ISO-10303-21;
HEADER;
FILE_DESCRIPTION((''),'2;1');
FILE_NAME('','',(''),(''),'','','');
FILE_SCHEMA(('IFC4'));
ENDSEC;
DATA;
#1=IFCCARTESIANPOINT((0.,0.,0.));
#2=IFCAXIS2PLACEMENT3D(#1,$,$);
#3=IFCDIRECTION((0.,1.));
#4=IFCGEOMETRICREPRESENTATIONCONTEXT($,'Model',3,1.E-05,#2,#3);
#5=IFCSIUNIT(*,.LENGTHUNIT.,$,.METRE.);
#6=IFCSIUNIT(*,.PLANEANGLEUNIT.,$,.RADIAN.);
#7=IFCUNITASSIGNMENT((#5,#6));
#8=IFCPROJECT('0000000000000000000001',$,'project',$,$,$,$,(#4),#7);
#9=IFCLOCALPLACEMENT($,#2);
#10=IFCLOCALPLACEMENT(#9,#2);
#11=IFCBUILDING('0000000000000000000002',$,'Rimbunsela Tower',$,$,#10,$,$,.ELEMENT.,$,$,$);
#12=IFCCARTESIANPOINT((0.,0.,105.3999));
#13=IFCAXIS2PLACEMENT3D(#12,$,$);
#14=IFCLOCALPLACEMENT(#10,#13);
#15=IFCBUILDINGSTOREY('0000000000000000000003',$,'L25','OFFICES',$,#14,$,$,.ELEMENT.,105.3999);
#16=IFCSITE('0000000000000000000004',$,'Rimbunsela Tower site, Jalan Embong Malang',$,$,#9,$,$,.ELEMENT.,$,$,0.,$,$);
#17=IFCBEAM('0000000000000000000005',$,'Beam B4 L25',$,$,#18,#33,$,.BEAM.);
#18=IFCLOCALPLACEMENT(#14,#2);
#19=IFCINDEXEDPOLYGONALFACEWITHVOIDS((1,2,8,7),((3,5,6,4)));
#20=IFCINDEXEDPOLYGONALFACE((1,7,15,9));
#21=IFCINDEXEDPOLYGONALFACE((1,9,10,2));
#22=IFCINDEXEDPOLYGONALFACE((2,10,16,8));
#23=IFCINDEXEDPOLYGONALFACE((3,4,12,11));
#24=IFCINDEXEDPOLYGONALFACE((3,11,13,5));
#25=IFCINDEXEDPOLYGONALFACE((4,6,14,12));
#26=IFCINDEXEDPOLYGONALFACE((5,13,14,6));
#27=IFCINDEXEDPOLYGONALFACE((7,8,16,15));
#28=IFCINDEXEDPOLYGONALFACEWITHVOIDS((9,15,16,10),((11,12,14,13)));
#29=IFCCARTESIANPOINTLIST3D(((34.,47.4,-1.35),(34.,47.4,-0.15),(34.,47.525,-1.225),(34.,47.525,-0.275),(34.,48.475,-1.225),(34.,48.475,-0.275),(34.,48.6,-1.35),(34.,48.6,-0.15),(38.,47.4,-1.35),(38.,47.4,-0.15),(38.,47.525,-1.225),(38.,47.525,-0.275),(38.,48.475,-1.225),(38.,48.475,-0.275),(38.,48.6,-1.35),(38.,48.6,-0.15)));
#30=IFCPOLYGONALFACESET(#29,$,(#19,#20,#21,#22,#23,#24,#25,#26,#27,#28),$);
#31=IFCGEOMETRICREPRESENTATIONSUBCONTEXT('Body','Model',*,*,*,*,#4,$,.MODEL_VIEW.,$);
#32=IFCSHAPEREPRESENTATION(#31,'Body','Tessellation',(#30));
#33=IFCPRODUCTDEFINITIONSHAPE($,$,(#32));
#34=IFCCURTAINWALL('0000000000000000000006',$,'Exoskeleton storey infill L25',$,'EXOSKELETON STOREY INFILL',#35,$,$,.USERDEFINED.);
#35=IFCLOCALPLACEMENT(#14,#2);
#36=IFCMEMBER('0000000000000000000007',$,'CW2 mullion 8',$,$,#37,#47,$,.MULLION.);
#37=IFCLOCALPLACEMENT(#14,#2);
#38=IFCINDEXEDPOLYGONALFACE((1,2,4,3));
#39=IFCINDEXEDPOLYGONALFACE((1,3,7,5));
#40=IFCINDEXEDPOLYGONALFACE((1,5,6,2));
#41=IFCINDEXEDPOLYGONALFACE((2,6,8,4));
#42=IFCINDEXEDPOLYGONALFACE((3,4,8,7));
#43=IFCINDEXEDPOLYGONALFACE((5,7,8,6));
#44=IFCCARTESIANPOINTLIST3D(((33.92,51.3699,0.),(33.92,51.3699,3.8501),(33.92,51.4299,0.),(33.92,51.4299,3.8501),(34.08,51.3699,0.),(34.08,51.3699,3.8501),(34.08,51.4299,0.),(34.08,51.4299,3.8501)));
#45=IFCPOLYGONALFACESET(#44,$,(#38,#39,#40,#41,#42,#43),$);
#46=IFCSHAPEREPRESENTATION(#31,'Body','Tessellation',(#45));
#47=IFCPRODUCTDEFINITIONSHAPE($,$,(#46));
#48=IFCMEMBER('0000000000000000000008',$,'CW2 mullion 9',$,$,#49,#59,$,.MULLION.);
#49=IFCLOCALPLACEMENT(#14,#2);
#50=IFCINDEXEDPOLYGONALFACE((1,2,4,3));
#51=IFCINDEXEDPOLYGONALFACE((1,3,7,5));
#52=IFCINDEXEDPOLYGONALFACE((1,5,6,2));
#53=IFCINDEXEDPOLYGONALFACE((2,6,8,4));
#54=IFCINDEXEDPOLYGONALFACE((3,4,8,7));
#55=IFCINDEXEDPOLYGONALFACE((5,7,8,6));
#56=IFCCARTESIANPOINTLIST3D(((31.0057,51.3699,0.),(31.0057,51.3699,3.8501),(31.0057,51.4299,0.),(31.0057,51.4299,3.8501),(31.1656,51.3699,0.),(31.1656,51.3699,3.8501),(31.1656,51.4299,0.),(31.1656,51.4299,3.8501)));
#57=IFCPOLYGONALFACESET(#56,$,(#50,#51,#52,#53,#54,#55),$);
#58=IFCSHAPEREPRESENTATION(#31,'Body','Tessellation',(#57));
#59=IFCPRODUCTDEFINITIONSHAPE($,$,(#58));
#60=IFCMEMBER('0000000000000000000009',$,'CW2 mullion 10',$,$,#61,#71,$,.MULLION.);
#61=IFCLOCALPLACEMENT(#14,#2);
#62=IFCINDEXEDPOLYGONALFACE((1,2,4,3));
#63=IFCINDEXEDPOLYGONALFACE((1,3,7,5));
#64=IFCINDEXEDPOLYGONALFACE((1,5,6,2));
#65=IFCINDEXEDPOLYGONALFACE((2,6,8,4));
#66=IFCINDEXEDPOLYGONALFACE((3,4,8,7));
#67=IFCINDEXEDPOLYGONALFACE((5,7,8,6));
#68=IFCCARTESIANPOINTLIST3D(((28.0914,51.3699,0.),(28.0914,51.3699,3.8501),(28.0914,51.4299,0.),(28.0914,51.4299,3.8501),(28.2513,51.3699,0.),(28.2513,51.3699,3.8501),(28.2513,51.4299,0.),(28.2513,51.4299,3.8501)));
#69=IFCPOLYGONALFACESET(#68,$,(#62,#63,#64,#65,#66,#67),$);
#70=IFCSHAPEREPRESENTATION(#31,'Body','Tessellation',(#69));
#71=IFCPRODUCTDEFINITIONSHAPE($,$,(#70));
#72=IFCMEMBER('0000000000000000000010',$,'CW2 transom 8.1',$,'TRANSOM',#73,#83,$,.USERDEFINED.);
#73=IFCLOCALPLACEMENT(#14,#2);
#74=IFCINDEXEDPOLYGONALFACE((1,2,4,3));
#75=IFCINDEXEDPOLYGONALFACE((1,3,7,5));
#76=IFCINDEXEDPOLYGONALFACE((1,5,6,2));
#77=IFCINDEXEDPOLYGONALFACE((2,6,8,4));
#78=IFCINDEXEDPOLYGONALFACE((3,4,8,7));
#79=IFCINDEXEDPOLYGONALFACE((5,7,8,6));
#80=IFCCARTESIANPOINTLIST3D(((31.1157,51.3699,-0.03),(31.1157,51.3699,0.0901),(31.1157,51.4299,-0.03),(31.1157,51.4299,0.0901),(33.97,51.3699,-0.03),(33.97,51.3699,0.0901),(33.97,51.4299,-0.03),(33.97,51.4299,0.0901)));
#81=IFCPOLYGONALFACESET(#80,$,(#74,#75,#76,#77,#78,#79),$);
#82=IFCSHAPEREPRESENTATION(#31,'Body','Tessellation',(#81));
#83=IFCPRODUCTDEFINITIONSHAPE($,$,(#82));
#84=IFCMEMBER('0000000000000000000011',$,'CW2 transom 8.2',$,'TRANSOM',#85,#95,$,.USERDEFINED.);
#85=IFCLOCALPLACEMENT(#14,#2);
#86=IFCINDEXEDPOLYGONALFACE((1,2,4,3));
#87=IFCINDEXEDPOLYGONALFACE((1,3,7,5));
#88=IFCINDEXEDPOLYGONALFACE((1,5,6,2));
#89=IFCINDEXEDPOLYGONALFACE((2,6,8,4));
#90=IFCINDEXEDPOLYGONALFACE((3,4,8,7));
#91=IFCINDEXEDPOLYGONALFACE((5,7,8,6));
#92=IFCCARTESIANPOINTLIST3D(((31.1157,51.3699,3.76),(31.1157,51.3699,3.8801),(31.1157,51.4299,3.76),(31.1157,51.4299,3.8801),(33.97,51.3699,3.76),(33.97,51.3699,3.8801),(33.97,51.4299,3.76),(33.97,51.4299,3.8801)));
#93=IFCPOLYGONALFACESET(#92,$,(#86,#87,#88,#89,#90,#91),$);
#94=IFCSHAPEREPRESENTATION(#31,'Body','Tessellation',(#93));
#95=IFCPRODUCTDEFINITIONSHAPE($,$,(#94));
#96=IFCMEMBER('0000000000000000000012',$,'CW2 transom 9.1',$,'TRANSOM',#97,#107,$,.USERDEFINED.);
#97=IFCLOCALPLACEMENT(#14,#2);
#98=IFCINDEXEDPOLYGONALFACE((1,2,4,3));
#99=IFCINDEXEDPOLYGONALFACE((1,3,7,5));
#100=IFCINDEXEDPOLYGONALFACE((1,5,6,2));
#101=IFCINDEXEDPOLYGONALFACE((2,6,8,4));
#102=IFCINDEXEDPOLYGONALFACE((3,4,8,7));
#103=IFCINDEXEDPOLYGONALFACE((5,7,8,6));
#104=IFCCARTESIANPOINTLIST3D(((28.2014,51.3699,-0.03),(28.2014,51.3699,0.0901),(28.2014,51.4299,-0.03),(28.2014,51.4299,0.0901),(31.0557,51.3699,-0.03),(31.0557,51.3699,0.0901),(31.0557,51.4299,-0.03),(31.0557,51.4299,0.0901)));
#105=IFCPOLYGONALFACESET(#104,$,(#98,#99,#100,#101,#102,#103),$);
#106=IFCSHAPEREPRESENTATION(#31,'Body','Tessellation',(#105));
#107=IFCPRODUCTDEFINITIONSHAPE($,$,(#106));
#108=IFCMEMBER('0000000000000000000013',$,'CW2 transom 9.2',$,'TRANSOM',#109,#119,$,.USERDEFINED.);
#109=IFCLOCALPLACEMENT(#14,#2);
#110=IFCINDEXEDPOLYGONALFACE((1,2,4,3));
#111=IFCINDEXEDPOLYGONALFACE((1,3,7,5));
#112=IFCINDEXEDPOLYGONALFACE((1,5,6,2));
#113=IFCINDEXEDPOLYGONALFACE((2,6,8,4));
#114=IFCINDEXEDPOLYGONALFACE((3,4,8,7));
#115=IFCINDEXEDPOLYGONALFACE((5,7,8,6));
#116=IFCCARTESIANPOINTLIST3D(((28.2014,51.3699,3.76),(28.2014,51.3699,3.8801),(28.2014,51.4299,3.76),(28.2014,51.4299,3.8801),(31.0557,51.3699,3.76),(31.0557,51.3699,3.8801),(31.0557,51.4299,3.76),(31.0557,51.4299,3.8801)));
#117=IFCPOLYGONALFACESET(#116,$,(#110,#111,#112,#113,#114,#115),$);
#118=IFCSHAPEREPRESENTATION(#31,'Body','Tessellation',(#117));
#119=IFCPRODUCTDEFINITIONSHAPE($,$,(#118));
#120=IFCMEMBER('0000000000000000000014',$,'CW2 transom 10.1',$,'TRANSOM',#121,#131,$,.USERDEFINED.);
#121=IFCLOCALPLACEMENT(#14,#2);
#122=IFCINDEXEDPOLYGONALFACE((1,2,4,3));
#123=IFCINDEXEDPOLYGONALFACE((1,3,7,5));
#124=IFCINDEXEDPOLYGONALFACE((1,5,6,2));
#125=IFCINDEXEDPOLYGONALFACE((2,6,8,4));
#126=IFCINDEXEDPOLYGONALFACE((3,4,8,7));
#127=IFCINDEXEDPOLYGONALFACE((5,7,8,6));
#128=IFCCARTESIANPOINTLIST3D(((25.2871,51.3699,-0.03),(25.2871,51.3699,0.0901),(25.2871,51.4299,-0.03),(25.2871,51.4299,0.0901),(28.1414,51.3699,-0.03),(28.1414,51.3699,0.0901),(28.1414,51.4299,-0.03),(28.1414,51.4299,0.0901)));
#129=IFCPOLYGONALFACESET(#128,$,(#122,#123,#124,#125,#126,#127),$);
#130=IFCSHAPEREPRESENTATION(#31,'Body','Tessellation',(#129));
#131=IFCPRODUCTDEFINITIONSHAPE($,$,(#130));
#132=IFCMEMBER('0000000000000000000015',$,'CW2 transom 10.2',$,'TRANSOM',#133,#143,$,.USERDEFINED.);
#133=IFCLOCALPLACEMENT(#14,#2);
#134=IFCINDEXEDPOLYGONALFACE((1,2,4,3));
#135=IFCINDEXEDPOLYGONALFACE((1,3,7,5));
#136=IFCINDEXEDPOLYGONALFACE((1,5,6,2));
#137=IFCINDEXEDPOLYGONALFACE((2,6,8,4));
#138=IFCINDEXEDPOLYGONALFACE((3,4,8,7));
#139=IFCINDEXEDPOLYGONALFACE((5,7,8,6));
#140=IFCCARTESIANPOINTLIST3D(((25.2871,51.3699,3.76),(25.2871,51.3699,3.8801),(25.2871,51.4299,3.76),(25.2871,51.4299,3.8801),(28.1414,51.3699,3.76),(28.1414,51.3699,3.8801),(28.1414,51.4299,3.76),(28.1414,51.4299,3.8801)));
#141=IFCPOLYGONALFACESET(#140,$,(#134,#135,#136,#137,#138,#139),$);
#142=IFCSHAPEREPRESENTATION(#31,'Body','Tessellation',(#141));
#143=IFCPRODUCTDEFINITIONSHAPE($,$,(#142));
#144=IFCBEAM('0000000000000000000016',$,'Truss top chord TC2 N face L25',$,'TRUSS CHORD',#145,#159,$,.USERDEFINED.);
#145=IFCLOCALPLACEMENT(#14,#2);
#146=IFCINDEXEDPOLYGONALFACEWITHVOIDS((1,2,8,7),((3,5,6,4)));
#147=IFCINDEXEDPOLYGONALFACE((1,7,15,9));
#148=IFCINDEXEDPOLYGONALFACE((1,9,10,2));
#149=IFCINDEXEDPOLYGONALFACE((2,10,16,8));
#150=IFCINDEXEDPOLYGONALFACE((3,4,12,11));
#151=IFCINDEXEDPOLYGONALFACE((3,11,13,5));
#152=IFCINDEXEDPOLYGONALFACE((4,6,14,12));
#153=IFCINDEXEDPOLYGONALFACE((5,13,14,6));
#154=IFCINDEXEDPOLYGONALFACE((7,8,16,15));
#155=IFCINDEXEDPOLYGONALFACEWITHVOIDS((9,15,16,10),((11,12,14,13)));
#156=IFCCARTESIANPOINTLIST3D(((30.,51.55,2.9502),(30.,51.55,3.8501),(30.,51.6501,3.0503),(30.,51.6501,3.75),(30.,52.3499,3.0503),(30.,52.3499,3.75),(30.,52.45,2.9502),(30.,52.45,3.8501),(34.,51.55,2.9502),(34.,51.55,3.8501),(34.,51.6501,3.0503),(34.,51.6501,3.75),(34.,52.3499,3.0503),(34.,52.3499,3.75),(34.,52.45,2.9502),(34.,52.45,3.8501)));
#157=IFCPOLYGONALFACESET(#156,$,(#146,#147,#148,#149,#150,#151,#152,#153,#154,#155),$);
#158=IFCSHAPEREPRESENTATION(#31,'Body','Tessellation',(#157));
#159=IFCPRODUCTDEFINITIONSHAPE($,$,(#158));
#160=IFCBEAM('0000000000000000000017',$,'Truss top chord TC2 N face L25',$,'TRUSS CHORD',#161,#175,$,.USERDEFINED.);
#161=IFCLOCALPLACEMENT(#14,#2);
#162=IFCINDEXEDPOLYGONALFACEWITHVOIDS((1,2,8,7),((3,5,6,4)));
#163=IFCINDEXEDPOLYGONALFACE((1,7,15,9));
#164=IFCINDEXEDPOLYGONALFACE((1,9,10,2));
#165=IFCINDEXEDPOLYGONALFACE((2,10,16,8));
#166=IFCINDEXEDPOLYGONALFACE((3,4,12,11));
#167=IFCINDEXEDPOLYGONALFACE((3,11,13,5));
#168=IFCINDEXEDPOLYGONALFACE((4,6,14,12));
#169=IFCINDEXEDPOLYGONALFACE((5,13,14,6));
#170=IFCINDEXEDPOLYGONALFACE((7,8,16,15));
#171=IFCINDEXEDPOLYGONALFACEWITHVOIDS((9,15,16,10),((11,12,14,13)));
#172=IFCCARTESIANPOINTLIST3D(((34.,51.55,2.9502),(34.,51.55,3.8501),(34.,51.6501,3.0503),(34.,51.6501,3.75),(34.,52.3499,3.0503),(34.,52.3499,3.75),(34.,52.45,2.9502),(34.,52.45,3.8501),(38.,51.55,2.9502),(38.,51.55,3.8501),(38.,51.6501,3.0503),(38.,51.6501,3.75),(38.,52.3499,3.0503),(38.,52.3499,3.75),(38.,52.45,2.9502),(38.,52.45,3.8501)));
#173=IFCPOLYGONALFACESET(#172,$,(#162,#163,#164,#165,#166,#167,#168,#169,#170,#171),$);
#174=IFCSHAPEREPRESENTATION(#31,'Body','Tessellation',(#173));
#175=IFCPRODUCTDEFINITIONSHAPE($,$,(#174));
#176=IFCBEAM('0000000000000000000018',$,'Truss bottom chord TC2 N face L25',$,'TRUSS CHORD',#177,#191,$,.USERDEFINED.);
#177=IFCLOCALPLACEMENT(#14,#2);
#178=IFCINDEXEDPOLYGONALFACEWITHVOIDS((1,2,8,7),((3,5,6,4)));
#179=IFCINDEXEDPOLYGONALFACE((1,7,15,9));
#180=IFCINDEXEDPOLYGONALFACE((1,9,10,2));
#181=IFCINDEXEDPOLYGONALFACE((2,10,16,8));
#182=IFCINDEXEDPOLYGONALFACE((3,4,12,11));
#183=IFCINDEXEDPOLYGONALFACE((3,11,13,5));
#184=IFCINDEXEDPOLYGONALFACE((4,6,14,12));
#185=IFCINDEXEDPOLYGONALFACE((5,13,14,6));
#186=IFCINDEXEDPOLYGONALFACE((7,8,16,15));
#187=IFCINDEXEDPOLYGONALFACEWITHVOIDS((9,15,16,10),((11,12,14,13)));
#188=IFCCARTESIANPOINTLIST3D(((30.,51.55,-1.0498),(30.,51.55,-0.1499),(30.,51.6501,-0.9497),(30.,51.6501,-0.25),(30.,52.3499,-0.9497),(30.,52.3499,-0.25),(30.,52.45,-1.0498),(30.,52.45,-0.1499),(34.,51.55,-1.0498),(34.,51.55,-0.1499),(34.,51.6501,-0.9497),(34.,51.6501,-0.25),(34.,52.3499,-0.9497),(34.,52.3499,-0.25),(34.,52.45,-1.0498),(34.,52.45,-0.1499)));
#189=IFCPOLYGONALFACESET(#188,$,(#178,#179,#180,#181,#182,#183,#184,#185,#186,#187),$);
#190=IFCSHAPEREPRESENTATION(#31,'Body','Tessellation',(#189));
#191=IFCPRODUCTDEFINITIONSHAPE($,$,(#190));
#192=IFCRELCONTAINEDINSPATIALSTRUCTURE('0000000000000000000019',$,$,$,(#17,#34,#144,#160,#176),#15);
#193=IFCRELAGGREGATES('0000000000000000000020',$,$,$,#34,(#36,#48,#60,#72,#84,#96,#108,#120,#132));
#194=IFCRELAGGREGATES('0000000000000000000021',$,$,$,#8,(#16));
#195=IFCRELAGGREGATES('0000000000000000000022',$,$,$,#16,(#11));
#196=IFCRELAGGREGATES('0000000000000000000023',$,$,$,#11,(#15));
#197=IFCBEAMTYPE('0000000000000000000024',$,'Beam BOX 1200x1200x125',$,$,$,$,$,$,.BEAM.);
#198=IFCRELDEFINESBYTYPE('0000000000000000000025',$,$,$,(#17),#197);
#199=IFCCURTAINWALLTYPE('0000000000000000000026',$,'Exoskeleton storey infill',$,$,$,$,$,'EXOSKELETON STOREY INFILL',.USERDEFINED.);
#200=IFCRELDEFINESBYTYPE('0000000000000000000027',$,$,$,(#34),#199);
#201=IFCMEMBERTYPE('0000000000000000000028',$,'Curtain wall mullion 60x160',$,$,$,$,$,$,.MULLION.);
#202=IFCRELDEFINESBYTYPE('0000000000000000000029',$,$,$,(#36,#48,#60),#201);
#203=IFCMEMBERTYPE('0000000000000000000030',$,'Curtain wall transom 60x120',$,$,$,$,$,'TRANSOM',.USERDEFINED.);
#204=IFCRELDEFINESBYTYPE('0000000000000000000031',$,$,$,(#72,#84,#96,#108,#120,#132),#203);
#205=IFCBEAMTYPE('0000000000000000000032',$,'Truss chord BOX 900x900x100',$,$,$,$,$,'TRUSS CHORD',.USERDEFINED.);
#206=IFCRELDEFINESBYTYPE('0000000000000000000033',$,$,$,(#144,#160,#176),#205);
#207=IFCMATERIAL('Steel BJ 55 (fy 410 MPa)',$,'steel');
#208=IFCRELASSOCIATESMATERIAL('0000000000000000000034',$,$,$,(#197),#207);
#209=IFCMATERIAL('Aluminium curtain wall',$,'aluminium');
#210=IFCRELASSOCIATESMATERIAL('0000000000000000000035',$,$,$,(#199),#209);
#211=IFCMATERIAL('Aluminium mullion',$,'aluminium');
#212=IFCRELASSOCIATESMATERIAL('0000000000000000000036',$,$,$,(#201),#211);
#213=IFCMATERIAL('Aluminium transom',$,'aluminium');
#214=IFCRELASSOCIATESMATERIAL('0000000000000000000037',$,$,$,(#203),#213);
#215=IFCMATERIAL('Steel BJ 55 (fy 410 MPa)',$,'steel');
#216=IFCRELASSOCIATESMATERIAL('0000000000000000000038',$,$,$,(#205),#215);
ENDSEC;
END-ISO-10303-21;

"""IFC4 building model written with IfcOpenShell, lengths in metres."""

from ifc_helpers import new_model, si_unit, direction, frame, origin, origin_2d, place, context, subcontext, project, spatial, rectangle, hollow_rectangle, extrude, material, material_profile, profile_set, type_object, element, aggregate, save


model = new_model("IFC4")

# Units and contexts
model_context = context("Model", 3, precision=1e-05, world=origin(), true_north=direction((0.0, 1.0)))
body_context = subcontext(model_context, "Body", "Model", "MODEL_VIEW")
ifc_project = project(units=[si_unit("LENGTHUNIT", "METRE"), si_unit("PLANEANGLEUNIT", "RADIAN")], contexts=[model_context])

# Site, building, storey
site_placement = place(None, origin())
site = spatial("IfcSite", under=ifc_project, at=site_placement, Name="Rimbunsela Tower site, Jalan Embong Malang", CompositionType="ELEMENT", RefElevation=0.0)
building_placement = place(site_placement, origin())
building = spatial("IfcBuilding", under=site, at=building_placement, Name="Rimbunsela Tower", CompositionType="ELEMENT")
storey_placement = place(building_placement, frame((0.0, 0.0, 105.3999)))
storey = spatial("IfcBuildingStorey", under=building, at=storey_placement, Name="L25", Description="OFFICES", CompositionType="ELEMENT", Elevation=105.3999)

# Beam
ifc_material_1 = material(Name="Steel BJ 55 (fy 410 MPa)", Category="steel")
ifc_material_profile_1 = material_profile(ifc_material_1, hollow_rectangle(XDim=1.2, YDim=1.2, WallThickness=0.125, at=origin_2d()), Name="BOX 1200x1200x125")
ifc_profile_set_1 = profile_set([ifc_material_profile_1], Name="Steel BJ 55 (fy 410 MPa)")
beam_type_1 = type_object("IfcBeamType", Name="Beam BOX 1200x1200x125", PredefinedType="BEAM", material=ifc_profile_set_1)
beam_placement = place(storey_placement, frame((34.0, 48.0, -0.75), z_axis=(1.0, 0.0, 0.0), x_axis=(0.0, 1.0, 0.0)))
element("IfcBeam", 1, at=beam_placement, inside=storey, type_object=beam_type_1, Name="Beam B4 L25", PredefinedType="BEAM", context=body_context, shape_type="SweptSolid", body=[
    extrude(hollow_rectangle(XDim=1.2, YDim=1.2, WallThickness=0.125, at=origin_2d()), origin(), (0.0, 0.0, 1.0), 4.0),
])

# Curtain wall, members
ifc_material_2 = material(Name="Aluminium curtain wall", Category="aluminium")
curtain_wall_type = type_object("IfcCurtainWallType", Name="Exoskeleton storey infill", ElementType="EXOSKELETON STOREY INFILL", PredefinedType="USERDEFINED", material=ifc_material_2)
curtain_wall_placement = place(storey_placement, origin())
curtain_wall = element("IfcCurtainWall", 2, at=curtain_wall_placement, inside=storey, type_object=curtain_wall_type, Name="Exoskeleton storey infill L25", ObjectType="EXOSKELETON STOREY INFILL", PredefinedType="USERDEFINED")
ifc_material_3 = material(Name="Aluminium mullion", Category="aluminium")
ifc_material_profile_2 = material_profile(ifc_material_3, rectangle(XDim=0.0601, YDim=0.1599, at=origin_2d()), Name="Mullion 60x160")
ifc_profile_set_2 = profile_set([ifc_material_profile_2], Name="Aluminium mullion")
member_type_1 = type_object("IfcMemberType", Name="Curtain wall mullion 60x160", PredefinedType="MULLION", material=ifc_profile_set_2)
member_1_placement = place(storey_placement, frame((34.0, 51.3999, 0.0), z_axis=(0.0, 0.0, 1.0), x_axis=(0.0, -1.0, 0.0)))
member_1 = element("IfcMember", 3, at=member_1_placement, type_object=member_type_1, Name="CW2 mullion 8", PredefinedType="MULLION", context=body_context, shape_type="SweptSolid", body=[
    extrude(rectangle(XDim=0.0601, YDim=0.1599, at=origin_2d()), origin(), (0.0, 0.0, 1.0), 3.8501),
])
member_2_placement = place(storey_placement, frame((31.0857, 51.3999, 0.0), z_axis=(0.0, 0.0, 1.0), x_axis=(0.0, -1.0, 0.0)))
member_2 = element("IfcMember", 4, at=member_2_placement, type_object=member_type_1, Name="CW2 mullion 9", PredefinedType="MULLION", context=body_context, shape_type="SweptSolid", body=[
    extrude(rectangle(XDim=0.0601, YDim=0.1599, at=origin_2d()), origin(), (0.0, 0.0, 1.0), 3.8501),
])
member_3_placement = place(storey_placement, frame((28.1714, 51.3999, 0.0), z_axis=(0.0, 0.0, 1.0), x_axis=(0.0, -1.0, 0.0)))
member_3 = element("IfcMember", 5, at=member_3_placement, type_object=member_type_1, Name="CW2 mullion 10", PredefinedType="MULLION", context=body_context, shape_type="SweptSolid", body=[
    extrude(rectangle(XDim=0.0601, YDim=0.1599, at=origin_2d()), origin(), (0.0, 0.0, 1.0), 3.8501),
])
ifc_material_4 = material(Name="Aluminium transom", Category="aluminium")
ifc_material_profile_3 = material_profile(ifc_material_4, rectangle(XDim=0.0601, YDim=0.1201, at=origin_2d()), Name="Transom 60x120")
ifc_profile_set_3 = profile_set([ifc_material_profile_3], Name="Aluminium transom")
member_type_2 = type_object("IfcMemberType", Name="Curtain wall transom 60x120", ElementType="TRANSOM", PredefinedType="USERDEFINED", material=ifc_profile_set_3)
member_4_placement = place(storey_placement, frame((33.97, 51.3999, 0.03), z_axis=(-1.0, 0.0, 0.0), x_axis=(0.0, -1.0, 0.0)))
member_4 = element("IfcMember", 6, at=member_4_placement, type_object=member_type_2, Name="CW2 transom 8.1", ObjectType="TRANSOM", PredefinedType="USERDEFINED", context=body_context, shape_type="SweptSolid", body=[
    extrude(rectangle(XDim=0.0601, YDim=0.1201, at=origin_2d()), origin(), (0.0, 0.0, 1.0), 2.8542),
])
member_5_placement = place(storey_placement, frame((33.97, 51.3999, 3.8201), z_axis=(-1.0, 0.0, 0.0), x_axis=(0.0, -1.0, 0.0)))
member_5 = element("IfcMember", 7, at=member_5_placement, type_object=member_type_2, Name="CW2 transom 8.2", ObjectType="TRANSOM", PredefinedType="USERDEFINED", context=body_context, shape_type="SweptSolid", body=[
    extrude(rectangle(XDim=0.0601, YDim=0.1201, at=origin_2d()), origin(), (0.0, 0.0, 1.0), 2.8542),
])
member_6_placement = place(storey_placement, frame((31.0557, 51.3999, 0.03), z_axis=(-1.0, 0.0, 0.0), x_axis=(0.0, -1.0, 0.0)))
member_6 = element("IfcMember", 8, at=member_6_placement, type_object=member_type_2, Name="CW2 transom 9.1", ObjectType="TRANSOM", PredefinedType="USERDEFINED", context=body_context, shape_type="SweptSolid", body=[
    extrude(rectangle(XDim=0.0601, YDim=0.1201, at=origin_2d()), origin(), (0.0, 0.0, 1.0), 2.8542),
])
member_7_placement = place(storey_placement, frame((31.0557, 51.3999, 3.8201), z_axis=(-1.0, 0.0, 0.0), x_axis=(0.0, -1.0, 0.0)))
member_7 = element("IfcMember", 9, at=member_7_placement, type_object=member_type_2, Name="CW2 transom 9.2", ObjectType="TRANSOM", PredefinedType="USERDEFINED", context=body_context, shape_type="SweptSolid", body=[
    extrude(rectangle(XDim=0.0601, YDim=0.1201, at=origin_2d()), origin(), (0.0, 0.0, 1.0), 2.8542),
])
member_8_placement = place(storey_placement, frame((28.1414, 51.3999, 0.03), z_axis=(-1.0, 0.0, 0.0), x_axis=(0.0, -1.0, 0.0)))
member_8 = element("IfcMember", 10, at=member_8_placement, type_object=member_type_2, Name="CW2 transom 10.1", ObjectType="TRANSOM", PredefinedType="USERDEFINED", context=body_context, shape_type="SweptSolid", body=[
    extrude(rectangle(XDim=0.0601, YDim=0.1201, at=origin_2d()), origin(), (0.0, 0.0, 1.0), 2.8542),
])
member_9_placement = place(storey_placement, frame((28.1414, 51.3999, 3.8201), z_axis=(-1.0, 0.0, 0.0), x_axis=(0.0, -1.0, 0.0)))
member_9 = element("IfcMember", 11, at=member_9_placement, type_object=member_type_2, Name="CW2 transom 10.2", ObjectType="TRANSOM", PredefinedType="USERDEFINED", context=body_context, shape_type="SweptSolid", body=[
    extrude(rectangle(XDim=0.0601, YDim=0.1201, at=origin_2d()), origin(), (0.0, 0.0, 1.0), 2.8542),
])

# Beams
ifc_material_5 = material(Name="Steel BJ 55 (fy 410 MPa)", Category="steel")
ifc_material_profile_4 = material_profile(ifc_material_5, hollow_rectangle(XDim=0.8999, YDim=0.8999, WallThickness=0.1001, at=origin_2d()), Name="BOX 900x900x100")
ifc_profile_set_4 = profile_set([ifc_material_profile_4], Name="Steel BJ 55 (fy 410 MPa)")
beam_type_2 = type_object("IfcBeamType", Name="Truss chord BOX 900x900x100", ElementType="TRUSS CHORD", PredefinedType="USERDEFINED", material=ifc_profile_set_4)
for number, where, z_axis, x_axis, name in (
    (12, (30.0, 52.0, 3.4001), (1.0, 0.0, 0.0), (0.0, 1.0, 0.0), "Truss top chord TC2 N face L25"),
    (13, (34.0, 52.0, 3.4001), (1.0, 0.0, 0.0), (0.0, 1.0, 0.0), "Truss top chord TC2 N face L25"),
    (14, (30.0, 52.0, -0.5999), (1.0, 0.0, 0.0), (0.0, 1.0, 0.0), "Truss bottom chord TC2 N face L25"),
):
    element("IfcBeam", number, at=place(storey_placement, frame(where, z_axis=z_axis, x_axis=x_axis)), inside=storey, type_object=beam_type_2, Name=name, ObjectType="TRUSS CHORD", PredefinedType="USERDEFINED", context=body_context, shape_type="SweptSolid", body=[
        extrude(hollow_rectangle(XDim=0.8999, YDim=0.8999, WallThickness=0.1001, at=origin_2d()), origin(), (0.0, 0.0, 1.0), 4.0),
    ])

aggregate(curtain_wall, [member_1, member_2, member_3, member_4, member_5, member_6, member_7, member_8, member_9])

save(model, "model.ifc")
